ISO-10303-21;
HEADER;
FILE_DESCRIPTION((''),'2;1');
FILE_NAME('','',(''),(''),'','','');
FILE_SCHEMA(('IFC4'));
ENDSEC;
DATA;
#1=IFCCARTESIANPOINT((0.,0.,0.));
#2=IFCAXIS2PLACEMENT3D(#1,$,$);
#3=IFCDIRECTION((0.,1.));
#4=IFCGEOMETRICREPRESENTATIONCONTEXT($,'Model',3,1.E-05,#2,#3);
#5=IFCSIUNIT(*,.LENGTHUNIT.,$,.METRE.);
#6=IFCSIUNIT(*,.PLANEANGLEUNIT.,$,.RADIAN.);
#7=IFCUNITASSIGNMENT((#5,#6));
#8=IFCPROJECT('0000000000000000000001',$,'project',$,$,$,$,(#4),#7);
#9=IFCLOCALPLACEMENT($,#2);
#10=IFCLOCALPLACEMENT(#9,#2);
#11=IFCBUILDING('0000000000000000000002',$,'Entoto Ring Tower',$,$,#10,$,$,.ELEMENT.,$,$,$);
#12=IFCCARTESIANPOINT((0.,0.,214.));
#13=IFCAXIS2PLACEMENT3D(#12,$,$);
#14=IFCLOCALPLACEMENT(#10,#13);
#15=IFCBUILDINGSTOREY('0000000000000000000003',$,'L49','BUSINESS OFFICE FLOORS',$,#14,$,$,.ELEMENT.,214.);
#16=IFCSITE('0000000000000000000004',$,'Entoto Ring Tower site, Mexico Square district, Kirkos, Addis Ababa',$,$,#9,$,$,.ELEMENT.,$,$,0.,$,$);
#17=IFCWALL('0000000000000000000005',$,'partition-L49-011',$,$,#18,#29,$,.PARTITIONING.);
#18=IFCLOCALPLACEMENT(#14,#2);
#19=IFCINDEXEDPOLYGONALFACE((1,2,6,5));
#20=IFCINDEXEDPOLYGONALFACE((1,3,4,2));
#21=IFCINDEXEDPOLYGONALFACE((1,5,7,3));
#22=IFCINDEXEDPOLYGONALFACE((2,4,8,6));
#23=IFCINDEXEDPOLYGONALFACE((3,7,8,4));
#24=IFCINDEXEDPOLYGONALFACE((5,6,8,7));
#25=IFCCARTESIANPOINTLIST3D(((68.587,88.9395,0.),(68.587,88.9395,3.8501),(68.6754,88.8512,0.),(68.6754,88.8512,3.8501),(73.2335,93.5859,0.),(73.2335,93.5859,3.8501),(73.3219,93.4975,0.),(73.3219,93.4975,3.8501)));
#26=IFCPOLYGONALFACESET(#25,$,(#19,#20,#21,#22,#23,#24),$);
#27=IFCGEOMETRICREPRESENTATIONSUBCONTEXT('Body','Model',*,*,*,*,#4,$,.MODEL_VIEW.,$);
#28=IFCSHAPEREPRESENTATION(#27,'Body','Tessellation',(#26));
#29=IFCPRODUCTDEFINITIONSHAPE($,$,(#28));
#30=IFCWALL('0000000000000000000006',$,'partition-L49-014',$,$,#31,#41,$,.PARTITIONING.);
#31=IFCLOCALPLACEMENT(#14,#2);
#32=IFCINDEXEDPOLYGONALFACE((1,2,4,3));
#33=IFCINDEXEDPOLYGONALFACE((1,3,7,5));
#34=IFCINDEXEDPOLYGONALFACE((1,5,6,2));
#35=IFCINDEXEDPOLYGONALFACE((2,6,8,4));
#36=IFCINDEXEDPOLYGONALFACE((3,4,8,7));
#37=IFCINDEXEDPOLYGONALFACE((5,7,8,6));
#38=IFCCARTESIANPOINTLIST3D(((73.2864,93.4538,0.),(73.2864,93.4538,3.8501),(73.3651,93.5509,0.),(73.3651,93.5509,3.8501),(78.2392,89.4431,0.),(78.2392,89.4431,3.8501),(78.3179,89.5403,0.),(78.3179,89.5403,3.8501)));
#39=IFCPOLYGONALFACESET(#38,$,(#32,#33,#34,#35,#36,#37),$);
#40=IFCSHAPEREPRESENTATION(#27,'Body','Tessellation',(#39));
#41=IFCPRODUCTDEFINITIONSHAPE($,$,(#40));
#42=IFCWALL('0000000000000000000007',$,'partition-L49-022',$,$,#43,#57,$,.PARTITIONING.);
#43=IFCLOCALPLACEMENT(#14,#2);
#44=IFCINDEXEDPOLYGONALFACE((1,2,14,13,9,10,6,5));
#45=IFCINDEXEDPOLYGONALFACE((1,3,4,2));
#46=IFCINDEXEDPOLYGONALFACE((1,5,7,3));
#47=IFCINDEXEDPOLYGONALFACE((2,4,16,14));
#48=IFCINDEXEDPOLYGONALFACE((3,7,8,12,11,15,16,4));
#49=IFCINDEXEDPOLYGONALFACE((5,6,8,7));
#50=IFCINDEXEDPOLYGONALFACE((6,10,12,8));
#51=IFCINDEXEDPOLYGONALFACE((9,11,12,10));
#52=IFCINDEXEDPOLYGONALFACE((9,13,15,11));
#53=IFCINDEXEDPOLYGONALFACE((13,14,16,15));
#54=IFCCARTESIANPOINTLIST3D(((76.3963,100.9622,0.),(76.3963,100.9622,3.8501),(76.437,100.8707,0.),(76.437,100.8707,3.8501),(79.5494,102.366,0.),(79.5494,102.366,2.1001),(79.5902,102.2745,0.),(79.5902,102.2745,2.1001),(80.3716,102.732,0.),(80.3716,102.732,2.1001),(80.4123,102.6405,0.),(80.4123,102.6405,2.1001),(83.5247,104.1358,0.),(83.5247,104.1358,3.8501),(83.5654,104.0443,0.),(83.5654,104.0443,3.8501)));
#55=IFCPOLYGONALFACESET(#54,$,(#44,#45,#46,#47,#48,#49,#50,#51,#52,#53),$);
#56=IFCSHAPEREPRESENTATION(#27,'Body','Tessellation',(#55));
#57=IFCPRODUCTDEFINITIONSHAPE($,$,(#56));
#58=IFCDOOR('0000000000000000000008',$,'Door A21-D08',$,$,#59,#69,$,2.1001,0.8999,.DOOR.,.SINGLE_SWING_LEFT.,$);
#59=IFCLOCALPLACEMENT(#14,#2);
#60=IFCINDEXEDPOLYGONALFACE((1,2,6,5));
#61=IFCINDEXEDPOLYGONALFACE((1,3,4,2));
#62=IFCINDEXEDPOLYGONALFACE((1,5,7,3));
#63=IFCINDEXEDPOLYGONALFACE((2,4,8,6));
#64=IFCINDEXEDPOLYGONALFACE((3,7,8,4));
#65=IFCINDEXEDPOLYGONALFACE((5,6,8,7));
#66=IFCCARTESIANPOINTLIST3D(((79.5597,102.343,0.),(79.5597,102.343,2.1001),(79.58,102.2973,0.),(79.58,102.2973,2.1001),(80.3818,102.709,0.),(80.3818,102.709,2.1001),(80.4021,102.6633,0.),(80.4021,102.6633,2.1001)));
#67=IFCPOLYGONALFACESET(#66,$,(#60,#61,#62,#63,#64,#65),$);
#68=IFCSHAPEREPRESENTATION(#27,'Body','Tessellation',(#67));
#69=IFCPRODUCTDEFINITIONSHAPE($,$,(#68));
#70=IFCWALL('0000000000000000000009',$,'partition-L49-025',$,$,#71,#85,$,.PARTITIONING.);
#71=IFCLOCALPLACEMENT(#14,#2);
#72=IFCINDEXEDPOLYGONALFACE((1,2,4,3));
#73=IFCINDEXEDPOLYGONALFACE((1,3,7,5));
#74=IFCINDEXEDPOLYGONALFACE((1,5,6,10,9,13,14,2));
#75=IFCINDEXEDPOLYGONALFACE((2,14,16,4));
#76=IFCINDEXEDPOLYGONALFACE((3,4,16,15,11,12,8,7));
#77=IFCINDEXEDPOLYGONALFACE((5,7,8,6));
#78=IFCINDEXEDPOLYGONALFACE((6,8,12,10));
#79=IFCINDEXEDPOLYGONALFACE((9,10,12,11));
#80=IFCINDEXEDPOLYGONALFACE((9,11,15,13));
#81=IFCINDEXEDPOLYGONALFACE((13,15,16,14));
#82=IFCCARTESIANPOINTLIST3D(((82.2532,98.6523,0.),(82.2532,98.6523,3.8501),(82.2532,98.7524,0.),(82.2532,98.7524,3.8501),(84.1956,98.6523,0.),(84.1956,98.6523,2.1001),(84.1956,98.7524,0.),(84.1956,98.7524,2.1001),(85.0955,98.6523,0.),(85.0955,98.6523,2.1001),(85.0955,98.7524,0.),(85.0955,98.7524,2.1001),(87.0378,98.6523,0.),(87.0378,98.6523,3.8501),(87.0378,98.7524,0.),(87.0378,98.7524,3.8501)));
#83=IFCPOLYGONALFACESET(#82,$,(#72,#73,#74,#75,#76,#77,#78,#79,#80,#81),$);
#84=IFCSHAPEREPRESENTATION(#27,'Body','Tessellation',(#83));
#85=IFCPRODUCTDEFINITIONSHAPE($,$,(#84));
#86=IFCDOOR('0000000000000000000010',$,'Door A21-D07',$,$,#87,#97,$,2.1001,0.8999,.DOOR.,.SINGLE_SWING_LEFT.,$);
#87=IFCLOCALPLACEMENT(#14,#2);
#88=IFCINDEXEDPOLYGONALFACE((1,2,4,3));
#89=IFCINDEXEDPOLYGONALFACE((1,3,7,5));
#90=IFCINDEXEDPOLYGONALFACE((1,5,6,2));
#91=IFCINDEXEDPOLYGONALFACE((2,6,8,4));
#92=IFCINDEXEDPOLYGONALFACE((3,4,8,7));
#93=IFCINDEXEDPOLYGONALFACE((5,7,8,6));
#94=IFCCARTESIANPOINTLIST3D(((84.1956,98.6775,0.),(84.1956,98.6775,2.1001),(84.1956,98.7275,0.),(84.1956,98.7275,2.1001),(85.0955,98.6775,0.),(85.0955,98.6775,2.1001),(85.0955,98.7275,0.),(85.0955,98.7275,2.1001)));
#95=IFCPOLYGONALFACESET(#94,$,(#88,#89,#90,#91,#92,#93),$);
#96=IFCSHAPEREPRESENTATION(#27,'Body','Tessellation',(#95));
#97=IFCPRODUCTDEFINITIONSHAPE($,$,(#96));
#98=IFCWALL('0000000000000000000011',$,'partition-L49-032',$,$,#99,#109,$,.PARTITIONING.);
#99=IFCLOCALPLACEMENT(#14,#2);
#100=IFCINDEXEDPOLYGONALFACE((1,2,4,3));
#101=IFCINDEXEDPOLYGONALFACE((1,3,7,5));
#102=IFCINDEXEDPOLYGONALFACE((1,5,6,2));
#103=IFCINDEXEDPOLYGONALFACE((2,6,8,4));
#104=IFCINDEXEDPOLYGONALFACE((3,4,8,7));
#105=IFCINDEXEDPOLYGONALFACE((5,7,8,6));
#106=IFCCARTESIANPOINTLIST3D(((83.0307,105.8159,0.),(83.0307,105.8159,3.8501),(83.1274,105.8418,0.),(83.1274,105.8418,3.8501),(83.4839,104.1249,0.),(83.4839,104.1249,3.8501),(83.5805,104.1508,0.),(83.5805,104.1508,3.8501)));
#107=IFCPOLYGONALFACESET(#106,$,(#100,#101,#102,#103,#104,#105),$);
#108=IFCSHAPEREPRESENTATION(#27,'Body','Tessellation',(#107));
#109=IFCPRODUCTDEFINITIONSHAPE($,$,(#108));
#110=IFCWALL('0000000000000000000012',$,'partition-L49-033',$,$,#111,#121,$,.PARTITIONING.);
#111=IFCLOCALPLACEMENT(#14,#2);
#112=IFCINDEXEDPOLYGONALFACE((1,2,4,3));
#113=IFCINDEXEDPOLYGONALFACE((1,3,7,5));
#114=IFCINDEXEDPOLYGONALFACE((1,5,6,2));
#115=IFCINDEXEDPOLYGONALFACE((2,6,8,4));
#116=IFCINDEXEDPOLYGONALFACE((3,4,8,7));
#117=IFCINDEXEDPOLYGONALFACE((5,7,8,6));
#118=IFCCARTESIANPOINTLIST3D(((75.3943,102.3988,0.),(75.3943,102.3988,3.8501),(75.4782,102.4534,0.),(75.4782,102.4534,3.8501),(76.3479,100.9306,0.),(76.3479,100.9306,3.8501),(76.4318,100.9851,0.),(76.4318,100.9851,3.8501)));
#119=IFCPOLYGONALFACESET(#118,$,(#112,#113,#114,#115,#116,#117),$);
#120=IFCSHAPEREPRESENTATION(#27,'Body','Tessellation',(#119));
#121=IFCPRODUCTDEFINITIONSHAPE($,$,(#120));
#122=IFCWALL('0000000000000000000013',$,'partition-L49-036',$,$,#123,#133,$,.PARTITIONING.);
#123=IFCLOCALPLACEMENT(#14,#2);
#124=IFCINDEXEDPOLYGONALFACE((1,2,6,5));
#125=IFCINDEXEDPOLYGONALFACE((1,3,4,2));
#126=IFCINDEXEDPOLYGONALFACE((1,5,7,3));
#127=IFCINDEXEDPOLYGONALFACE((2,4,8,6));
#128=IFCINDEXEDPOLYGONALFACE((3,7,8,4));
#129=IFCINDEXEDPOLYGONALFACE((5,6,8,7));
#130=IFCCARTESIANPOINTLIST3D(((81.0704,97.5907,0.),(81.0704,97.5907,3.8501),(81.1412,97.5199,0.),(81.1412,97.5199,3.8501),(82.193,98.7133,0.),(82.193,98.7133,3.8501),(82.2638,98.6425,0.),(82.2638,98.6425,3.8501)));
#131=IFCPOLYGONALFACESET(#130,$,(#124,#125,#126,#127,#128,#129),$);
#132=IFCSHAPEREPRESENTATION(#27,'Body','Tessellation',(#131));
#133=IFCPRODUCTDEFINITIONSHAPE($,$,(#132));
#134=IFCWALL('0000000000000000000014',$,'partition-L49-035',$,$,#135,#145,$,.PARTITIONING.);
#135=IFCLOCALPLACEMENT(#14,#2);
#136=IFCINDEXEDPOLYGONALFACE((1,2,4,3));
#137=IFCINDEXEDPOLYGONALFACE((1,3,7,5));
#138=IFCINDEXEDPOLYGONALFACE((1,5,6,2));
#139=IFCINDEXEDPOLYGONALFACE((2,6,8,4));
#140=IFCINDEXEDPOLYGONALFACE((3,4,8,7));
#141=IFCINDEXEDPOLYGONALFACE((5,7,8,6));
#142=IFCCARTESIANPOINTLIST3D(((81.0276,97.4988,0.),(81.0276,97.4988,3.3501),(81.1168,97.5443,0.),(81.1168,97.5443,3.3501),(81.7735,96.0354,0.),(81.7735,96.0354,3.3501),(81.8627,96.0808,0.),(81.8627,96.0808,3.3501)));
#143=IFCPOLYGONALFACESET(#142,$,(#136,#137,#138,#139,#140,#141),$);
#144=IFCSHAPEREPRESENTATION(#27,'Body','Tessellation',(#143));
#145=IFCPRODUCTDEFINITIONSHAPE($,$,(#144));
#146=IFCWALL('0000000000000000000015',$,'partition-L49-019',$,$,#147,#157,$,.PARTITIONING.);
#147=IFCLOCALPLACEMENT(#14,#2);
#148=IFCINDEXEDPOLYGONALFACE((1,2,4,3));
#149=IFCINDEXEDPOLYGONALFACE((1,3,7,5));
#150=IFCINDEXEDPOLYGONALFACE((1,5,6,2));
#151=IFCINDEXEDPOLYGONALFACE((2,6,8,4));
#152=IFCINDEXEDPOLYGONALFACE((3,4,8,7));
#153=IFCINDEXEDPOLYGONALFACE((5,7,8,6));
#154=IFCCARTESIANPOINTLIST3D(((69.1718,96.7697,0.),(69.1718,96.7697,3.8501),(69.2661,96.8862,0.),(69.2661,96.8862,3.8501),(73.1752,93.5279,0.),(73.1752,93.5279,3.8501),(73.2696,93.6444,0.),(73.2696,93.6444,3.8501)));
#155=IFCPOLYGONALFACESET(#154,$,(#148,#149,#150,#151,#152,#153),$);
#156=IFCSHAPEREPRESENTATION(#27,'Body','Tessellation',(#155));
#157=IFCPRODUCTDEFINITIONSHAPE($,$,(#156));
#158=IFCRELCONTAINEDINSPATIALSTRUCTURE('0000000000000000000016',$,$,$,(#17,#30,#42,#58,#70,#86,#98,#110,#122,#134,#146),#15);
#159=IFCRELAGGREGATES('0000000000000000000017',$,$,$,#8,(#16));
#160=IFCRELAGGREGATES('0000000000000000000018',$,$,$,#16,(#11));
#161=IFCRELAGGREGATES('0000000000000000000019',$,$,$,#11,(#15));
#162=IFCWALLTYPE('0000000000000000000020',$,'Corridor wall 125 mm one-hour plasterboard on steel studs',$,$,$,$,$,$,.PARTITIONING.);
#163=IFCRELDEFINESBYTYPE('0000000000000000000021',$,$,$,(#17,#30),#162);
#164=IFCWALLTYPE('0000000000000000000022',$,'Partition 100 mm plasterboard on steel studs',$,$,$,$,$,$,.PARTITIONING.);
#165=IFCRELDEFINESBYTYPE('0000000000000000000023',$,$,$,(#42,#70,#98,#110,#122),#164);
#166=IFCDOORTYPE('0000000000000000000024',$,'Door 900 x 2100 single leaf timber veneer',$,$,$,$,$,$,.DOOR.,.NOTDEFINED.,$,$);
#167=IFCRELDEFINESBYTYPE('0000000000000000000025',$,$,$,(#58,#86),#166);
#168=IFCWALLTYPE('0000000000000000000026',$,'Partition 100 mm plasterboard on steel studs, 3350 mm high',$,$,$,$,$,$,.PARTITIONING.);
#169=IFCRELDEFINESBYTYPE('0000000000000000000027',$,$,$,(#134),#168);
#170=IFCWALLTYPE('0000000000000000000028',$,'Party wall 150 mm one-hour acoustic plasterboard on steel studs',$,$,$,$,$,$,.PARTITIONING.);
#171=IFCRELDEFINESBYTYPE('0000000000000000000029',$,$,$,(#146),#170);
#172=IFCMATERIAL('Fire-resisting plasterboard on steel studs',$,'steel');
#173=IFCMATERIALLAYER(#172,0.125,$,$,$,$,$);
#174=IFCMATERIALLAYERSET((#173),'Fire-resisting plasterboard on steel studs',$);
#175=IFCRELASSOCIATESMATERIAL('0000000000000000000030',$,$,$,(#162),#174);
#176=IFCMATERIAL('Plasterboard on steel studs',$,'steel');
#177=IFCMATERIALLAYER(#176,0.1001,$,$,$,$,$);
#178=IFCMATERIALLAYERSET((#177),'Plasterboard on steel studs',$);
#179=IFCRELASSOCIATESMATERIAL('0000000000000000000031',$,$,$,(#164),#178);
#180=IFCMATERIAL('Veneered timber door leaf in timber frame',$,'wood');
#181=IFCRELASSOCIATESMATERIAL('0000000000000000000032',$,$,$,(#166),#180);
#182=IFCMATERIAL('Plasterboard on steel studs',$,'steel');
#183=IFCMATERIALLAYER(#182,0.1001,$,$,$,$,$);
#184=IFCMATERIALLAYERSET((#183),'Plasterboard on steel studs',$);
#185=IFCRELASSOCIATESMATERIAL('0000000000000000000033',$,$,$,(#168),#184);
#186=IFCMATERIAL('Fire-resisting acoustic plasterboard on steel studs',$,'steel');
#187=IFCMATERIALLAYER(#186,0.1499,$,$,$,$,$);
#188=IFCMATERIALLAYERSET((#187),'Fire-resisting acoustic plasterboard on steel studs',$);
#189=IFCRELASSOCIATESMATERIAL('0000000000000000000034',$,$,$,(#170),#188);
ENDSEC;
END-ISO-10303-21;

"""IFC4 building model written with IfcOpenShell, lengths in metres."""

from ifc_helpers import new_model, si_unit, direction, frame, frame_2d, origin, place, context, subcontext, project, spatial, rectangle, extrude, material, layer, layer_set, type_object, element, fill, save


model = new_model("IFC4")

# Units and contexts
model_context = context("Model", 3, precision=1e-05, world=origin(), true_north=direction((0.0, 1.0)))
body_context = subcontext(model_context, "Body", "Model", "MODEL_VIEW")
ifc_project = project(units=[si_unit("LENGTHUNIT", "METRE"), si_unit("PLANEANGLEUNIT", "RADIAN")], contexts=[model_context])

# Site, building, storey
site_placement = place(None, origin())
site = spatial("IfcSite", under=ifc_project, at=site_placement, Name="Entoto Ring Tower site, Mexico Square district, Kirkos, Addis Ababa", CompositionType="ELEMENT", RefElevation=0.0)
building_placement = place(site_placement, origin())
building = spatial("IfcBuilding", under=site, at=building_placement, Name="Entoto Ring Tower", CompositionType="ELEMENT")
storey_placement = place(building_placement, frame((0.0, 0.0, 214.0)))
storey = spatial("IfcBuildingStorey", under=building, at=storey_placement, Name="L49", Description="BUSINESS OFFICE FLOORS", CompositionType="ELEMENT", Elevation=214.0)

# Shared definitions
ifc_material_1 = material(Name="Fire-resisting plasterboard on steel studs", Category="steel")
ifc_layer_1 = layer(ifc_material_1, 0.125)
ifc_layer_set_1 = layer_set([ifc_layer_1], Name="Fire-resisting plasterboard on steel studs")
wall_type_1 = type_object("IfcWallType", Name="Corridor wall 125 mm one-hour plasterboard on steel studs", PredefinedType="PARTITIONING", material=ifc_layer_set_1)

# Walls
wall_1_placement = place(storey_placement, frame((68.6311, 88.8953, 0.0), z_axis=(0.0, 0.0, 1.0), x_axis=(0.707125, 0.707088, 0.0)))
element("IfcWall", 1, at=wall_1_placement, inside=storey, type_object=wall_type_1, Name="partition-L49-011", PredefinedType="PARTITIONING", context=body_context, shape_type="SweptSolid", body=[
    extrude(rectangle(XDim=6.571, YDim=0.125, at=frame_2d((3.2856, 0.0))), origin(), (0.0, 0.0, 1.0), 3.8501),
])
wall_2_placement = place(storey_placement, frame((78.2786, 89.4917, 0.0), z_axis=(0.0, 0.0, 1.0), x_axis=(-0.777148, 0.629318, 0.0)))
element("IfcWall", 2, at=wall_2_placement, inside=storey, type_object=wall_type_1, Name="partition-L49-014", PredefinedType="PARTITIONING", context=body_context, shape_type="SweptSolid", body=[
    extrude(rectangle(XDim=6.373, YDim=0.125, at=frame_2d((3.1865, 0.0))), origin(), (0.0, 0.0, 1.0), 3.8501),
])

# Walls, openings, doors
ifc_material_2 = material(Name="Plasterboard on steel studs", Category="steel")
ifc_layer_2 = layer(ifc_material_2, 0.1001)
ifc_layer_set_2 = layer_set([ifc_layer_2], Name="Plasterboard on steel studs")
wall_type_2 = type_object("IfcWallType", Name="Partition 100 mm plasterboard on steel studs", PredefinedType="PARTITIONING", material=ifc_layer_set_2)
wall_3_placement = place(storey_placement, frame((76.4167, 100.9165, 0.0), z_axis=(0.0, 0.0, 1.0), x_axis=(0.913555, 0.406716, 0.0)))
wall_3 = element("IfcWall", 3, at=wall_3_placement, inside=storey, type_object=wall_type_2, Name="partition-L49-022", PredefinedType="PARTITIONING", context=body_context, shape_type="SweptSolid", body=[
    extrude(rectangle(XDim=7.803, YDim=0.1001, at=frame_2d((3.9014, 0.0))), origin(), (0.0, 0.0, 1.0), 3.8501),
])
opening_1_placement = place(wall_3_placement, frame((3.4514, 0.0, 0.0)))
opening_1 = element("IfcOpeningElement", 4, at=opening_1_placement, cuts=wall_3, PredefinedType="OPENING", context=body_context, shape_type="SweptSolid", body=[
    extrude(rectangle(XDim=0.8999, YDim=2.1001, at=frame_2d((0.45, 1.05))), frame((0.0, 0.0601, 0.0), z_axis=(0.0, -1.0, 0.0), x_axis=(1.0, 0.0, 0.0)), (0.0, 0.0, 1.0), 0.1201),
])
ifc_material_3 = material(Name="Veneered timber door leaf in timber frame", Category="wood")
door_type_1 = type_object("IfcDoorType", Name="Door 900 x 2100 single leaf timber veneer", OperationType="NOTDEFINED", PredefinedType="DOOR", material=ifc_material_3)
door_1_placement = place(opening_1_placement, origin())
door_1 = element("IfcDoor", 5, at=door_1_placement, inside=storey, type_object=door_type_1, Name="Door A21-D08", OperationType="SINGLE_SWING_LEFT", OverallHeight=2.1001, OverallWidth=0.8999, PredefinedType="DOOR", context=body_context, shape_type="SweptSolid", body=[
    extrude(rectangle(XDim=0.8999, YDim=2.1001, at=frame_2d((0.45, 1.05))), frame((0.0, 0.0249, 0.0), z_axis=(0.0, -1.0, 0.0), x_axis=(1.0, 0.0, 0.0)), (0.0, 0.0, 1.0), 0.05),
])
fill(opening_1, door_1)
wall_4_placement = place(storey_placement, frame((82.2532, 98.7024, 0.0), z_axis=(0.0, 0.0, 1.0), x_axis=(1.0, 0.0, 0.0)))
wall_4 = element("IfcWall", 6, at=wall_4_placement, inside=storey, type_object=wall_type_2, Name="partition-L49-025", PredefinedType="PARTITIONING", context=body_context, shape_type="SweptSolid", body=[
    extrude(rectangle(XDim=4.7847, YDim=0.1001, at=frame_2d((2.3923, 0.0))), origin(), (0.0, 0.0, 1.0), 3.8501),
])
opening_2_placement = place(wall_4_placement, frame((1.9424, 0.0, 0.0)))
opening_2 = element("IfcOpeningElement", 7, at=opening_2_placement, cuts=wall_4, PredefinedType="OPENING", context=body_context, shape_type="SweptSolid", body=[
    extrude(rectangle(XDim=0.8999, YDim=2.1001, at=frame_2d((0.45, 1.05))), frame((0.0, 0.0601, 0.0), z_axis=(0.0, -1.0, 0.0), x_axis=(1.0, 0.0, 0.0)), (0.0, 0.0, 1.0), 0.1201),
])
door_2_placement = place(opening_2_placement, frame((0.8999, 0.0, 0.0), z_axis=(0.0, 0.0, 1.0), x_axis=(-1.0, 0.0, 0.0)))
door_2 = element("IfcDoor", 8, at=door_2_placement, inside=storey, type_object=door_type_1, Name="Door A21-D07", OperationType="SINGLE_SWING_LEFT", OverallHeight=2.1001, OverallWidth=0.8999, PredefinedType="DOOR", context=body_context, shape_type="SweptSolid", body=[
    extrude(rectangle(XDim=0.8999, YDim=2.1001, at=frame_2d((0.45, 1.05))), frame((0.0, 0.0249, 0.0), z_axis=(0.0, -1.0, 0.0), x_axis=(1.0, 0.0, 0.0)), (0.0, 0.0, 1.0), 0.05),
])
fill(opening_2, door_2)

# Walls
for number, where, z_axis, x_axis, name in (
    (9, (83.5322, 104.1377, 0.0), (0.0, 0.0, 1.0), (-0.258808, 0.965929, 0.0), "partition-L49-032"),
    (10, (76.3899, 100.9578, 0.0), (0.0, 0.0, 1.0), (-0.544684, 0.838641, 0.0), "partition-L49-033"),
):
    element("IfcWall", number, at=place(storey_placement, frame(where, z_axis=z_axis, x_axis=x_axis)), inside=storey, type_object=wall_type_2, Name=name, PredefinedType="PARTITIONING", context=body_context, shape_type="SweptSolid", body=[
        extrude(rectangle(XDim=1.7507, YDim=0.1001, at=frame_2d((0.8755, 0.0))), origin(), (0.0, 0.0, 1.0), 3.8501),
    ])
wall_5_placement = place(storey_placement, frame((81.1057, 97.5552, 0.0), z_axis=(0.0, 0.0, 1.0), x_axis=(0.707107, 0.707107, 0.0)))
element("IfcWall", 11, at=wall_5_placement, inside=storey, type_object=wall_type_2, Name="partition-L49-036", PredefinedType="PARTITIONING", context=body_context, shape_type="SweptSolid", body=[
    extrude(rectangle(XDim=1.5876, YDim=0.1001, at=frame_2d((0.7939, 0.0))), origin(), (0.0, 0.0, 1.0), 3.8501),
])
ifc_material_4 = material(Name="Plasterboard on steel studs", Category="steel")
ifc_layer_3 = layer(ifc_material_4, 0.1001)
ifc_layer_set_3 = layer_set([ifc_layer_3], Name="Plasterboard on steel studs")
wall_type_3 = type_object("IfcWallType", Name="Partition 100 mm plasterboard on steel studs, 3350 mm high", PredefinedType="PARTITIONING", material=ifc_layer_set_3)
wall_6_placement = place(storey_placement, frame((81.8181, 96.0581, 0.0), z_axis=(0.0, 0.0, 1.0), x_axis=(-0.454097, 0.890952, 0.0)))
element("IfcWall", 12, at=wall_6_placement, inside=storey, type_object=wall_type_3, Name="partition-L49-035", PredefinedType="PARTITIONING", context=body_context, shape_type="SweptSolid", body=[
    extrude(rectangle(XDim=1.6426, YDim=0.1001, at=frame_2d((0.8213, 0.0))), origin(), (0.0, 0.0, 1.0), 3.3501),
])
ifc_material_5 = material(Name="Fire-resisting acoustic plasterboard on steel studs", Category="steel")
ifc_layer_4 = layer(ifc_material_5, 0.1499)
ifc_layer_set_4 = layer_set([ifc_layer_4], Name="Fire-resisting acoustic plasterboard on steel studs")
wall_type_4 = type_object("IfcWallType", Name="Party wall 150 mm one-hour acoustic plasterboard on steel studs", PredefinedType="PARTITIONING", material=ifc_layer_set_4)
wall_7_placement = place(storey_placement, frame((73.2224, 93.5862, 0.0), z_axis=(0.0, 0.0, 1.0), x_axis=(-0.777165, 0.629296, 0.0)))
element("IfcWall", 13, at=wall_7_placement, inside=storey, type_object=wall_type_4, Name="partition-L49-019", PredefinedType="PARTITIONING", context=body_context, shape_type="SweptSolid", body=[
    extrude(rectangle(XDim=5.1514, YDim=0.1499, at=frame_2d((2.5757, 0.0))), origin(), (0.0, 0.0, 1.0), 3.8501),
])

save(model, "model.ifc")
